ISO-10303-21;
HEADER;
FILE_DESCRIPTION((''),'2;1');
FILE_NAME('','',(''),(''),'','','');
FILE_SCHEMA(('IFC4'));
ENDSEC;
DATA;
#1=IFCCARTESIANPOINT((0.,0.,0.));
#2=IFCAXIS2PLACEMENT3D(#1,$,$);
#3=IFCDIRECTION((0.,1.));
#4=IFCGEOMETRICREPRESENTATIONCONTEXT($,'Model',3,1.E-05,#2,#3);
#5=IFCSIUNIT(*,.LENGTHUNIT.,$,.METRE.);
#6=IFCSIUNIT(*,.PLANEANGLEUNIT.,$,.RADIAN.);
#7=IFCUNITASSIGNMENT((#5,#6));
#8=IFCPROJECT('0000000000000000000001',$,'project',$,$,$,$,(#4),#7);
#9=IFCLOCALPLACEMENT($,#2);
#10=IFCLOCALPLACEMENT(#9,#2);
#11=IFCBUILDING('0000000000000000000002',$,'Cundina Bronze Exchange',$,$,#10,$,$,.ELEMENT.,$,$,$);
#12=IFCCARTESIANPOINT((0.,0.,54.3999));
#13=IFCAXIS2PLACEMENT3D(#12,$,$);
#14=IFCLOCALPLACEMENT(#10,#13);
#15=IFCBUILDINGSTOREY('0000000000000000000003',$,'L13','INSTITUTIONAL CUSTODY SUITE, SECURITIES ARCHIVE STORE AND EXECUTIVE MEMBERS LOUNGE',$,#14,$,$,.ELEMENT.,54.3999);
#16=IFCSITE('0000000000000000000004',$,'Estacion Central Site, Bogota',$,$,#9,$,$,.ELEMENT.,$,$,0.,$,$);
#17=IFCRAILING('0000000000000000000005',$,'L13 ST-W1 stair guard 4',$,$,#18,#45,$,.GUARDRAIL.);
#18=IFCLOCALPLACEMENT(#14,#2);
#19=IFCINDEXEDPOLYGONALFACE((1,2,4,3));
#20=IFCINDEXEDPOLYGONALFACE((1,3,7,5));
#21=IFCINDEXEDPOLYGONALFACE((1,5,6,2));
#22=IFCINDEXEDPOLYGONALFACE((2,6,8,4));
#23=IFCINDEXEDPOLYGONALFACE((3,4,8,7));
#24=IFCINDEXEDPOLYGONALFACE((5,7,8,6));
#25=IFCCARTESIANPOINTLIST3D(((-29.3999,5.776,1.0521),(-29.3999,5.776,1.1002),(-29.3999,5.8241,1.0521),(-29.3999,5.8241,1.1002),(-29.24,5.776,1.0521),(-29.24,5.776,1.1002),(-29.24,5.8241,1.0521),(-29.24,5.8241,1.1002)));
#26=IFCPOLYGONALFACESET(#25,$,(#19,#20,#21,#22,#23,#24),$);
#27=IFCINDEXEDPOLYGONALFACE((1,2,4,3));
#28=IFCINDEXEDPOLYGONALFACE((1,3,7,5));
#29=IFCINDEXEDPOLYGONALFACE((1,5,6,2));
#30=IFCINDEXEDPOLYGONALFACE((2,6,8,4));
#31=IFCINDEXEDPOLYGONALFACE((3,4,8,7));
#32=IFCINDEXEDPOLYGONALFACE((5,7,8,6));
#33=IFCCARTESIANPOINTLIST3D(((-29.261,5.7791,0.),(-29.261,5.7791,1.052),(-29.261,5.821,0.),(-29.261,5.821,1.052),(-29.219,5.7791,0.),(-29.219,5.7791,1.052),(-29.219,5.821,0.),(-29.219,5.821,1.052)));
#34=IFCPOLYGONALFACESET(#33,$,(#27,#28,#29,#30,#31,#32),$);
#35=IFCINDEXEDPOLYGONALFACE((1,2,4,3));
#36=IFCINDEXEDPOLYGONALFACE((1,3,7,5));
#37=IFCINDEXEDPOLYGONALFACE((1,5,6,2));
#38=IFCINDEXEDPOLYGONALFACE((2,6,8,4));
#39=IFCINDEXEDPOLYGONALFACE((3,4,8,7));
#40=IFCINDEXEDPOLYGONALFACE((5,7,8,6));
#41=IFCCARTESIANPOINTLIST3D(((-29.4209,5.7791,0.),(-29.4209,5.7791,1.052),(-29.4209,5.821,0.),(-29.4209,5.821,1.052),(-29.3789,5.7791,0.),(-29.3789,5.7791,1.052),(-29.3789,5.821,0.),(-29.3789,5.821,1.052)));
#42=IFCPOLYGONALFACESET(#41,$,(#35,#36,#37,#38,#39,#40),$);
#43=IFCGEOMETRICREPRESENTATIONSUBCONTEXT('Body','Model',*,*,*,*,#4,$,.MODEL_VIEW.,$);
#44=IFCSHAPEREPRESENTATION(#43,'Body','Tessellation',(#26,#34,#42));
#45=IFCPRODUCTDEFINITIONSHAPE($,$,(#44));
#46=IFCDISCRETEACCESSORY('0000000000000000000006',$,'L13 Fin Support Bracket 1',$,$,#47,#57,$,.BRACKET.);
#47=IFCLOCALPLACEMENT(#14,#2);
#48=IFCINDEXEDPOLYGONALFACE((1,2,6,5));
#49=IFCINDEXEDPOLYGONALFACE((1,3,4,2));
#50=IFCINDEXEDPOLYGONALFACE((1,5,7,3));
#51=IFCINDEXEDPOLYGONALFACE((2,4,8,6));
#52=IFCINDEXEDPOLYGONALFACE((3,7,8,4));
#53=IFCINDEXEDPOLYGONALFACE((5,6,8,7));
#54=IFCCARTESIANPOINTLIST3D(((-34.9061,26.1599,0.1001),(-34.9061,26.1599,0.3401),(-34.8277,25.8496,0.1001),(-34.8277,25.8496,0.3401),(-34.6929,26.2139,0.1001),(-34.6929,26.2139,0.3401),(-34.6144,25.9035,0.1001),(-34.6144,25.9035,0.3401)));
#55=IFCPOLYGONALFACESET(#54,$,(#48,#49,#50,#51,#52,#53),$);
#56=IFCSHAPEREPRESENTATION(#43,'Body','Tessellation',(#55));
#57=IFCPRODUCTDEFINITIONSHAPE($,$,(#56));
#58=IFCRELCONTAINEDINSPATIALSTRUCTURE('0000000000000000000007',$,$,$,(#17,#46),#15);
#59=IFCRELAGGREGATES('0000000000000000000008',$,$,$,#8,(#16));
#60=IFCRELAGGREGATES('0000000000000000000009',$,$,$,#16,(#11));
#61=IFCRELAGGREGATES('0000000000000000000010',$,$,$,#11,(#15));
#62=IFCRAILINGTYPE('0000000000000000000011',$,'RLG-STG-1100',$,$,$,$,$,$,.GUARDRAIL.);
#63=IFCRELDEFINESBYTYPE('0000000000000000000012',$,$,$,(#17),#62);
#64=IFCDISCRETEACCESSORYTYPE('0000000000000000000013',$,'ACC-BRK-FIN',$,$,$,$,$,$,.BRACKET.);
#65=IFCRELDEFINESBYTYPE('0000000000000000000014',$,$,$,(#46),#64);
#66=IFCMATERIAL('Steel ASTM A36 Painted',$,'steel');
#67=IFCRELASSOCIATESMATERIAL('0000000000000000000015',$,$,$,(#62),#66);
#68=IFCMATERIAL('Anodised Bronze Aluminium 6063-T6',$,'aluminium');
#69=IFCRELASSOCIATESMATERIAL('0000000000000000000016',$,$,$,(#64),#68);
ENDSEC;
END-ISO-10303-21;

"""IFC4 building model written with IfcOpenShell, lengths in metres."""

from ifc_helpers import new_model, si_unit, direction, frame, origin, origin_2d, place, context, subcontext, project, spatial, rectangle, extrude, material, type_object, element, save


model = new_model("IFC4")

# Units and contexts
model_context = context("Model", 3, precision=1e-05, world=origin(), true_north=direction((0.0, 1.0)))
body_context = subcontext(model_context, "Body", "Model", "MODEL_VIEW")
ifc_project = project(units=[si_unit("LENGTHUNIT", "METRE"), si_unit("PLANEANGLEUNIT", "RADIAN")], contexts=[model_context])

# Site, building, storey
site_placement = place(None, origin())
site = spatial("IfcSite", under=ifc_project, at=site_placement, Name="Estacion Central Site, Bogota", CompositionType="ELEMENT", RefElevation=0.0)
building_placement = place(site_placement, origin())
building = spatial("IfcBuilding", under=site, at=building_placement, Name="Cundina Bronze Exchange", CompositionType="ELEMENT")
storey_placement = place(building_placement, frame((0.0, 0.0, 54.3999)))
storey = spatial("IfcBuildingStorey", under=building, at=storey_placement, Name="L13", Description="INSTITUTIONAL CUSTODY SUITE, SECURITIES ARCHIVE STORE AND EXECUTIVE MEMBERS LOUNGE", CompositionType="ELEMENT", Elevation=54.3999)

# Shared definitions
ifc_material_1 = material(Name="Anodised Bronze Aluminium 6063-T6", Category="aluminium")

# Shared definitions
ifc_material_2 = material(Name="Steel ASTM A36 Painted", Category="steel")

# Railing
railing_type_1 = type_object("IfcRailingType", Name="RLG-STG-1100", PredefinedType="GUARDRAIL", material=ifc_material_2)
railing_1_placement = place(storey_placement, frame((-29.24, 5.8, 0.0)))
element("IfcRailing", 1, at=railing_1_placement, inside=storey, type_object=railing_type_1, Name="L13 ST-W1 stair guard 4", PredefinedType="GUARDRAIL", context=body_context, shape_type="SweptSolid", body=[
    extrude(rectangle(XDim=0.0481, YDim=0.0481, at=origin_2d()), frame((0.0, 0.0, 1.0762), z_axis=(-1.0, 0.0, 0.0), x_axis=(0.0, -1.0, 0.0)), (0.0, 0.0, 1.0), 0.1599),
    extrude(rectangle(XDim=0.042, YDim=0.042, at=origin_2d()), origin(), (0.0, 0.0, 1.0), 1.052),
    extrude(rectangle(XDim=0.042, YDim=0.042, at=origin_2d()), frame((-0.1599, 0.0, 0.0)), (0.0, 0.0, 1.0), 1.052),
])

# Discrete accessory
discrete_accessory_type = type_object("IfcDiscreteAccessoryType", Name="ACC-BRK-FIN", PredefinedType="BRACKET", material=ifc_material_1)
discrete_accessory_placement = place(storey_placement, frame((-34.7603, 26.0317, 0.1001), z_axis=(0.0, 0.0, 1.0), x_axis=(-0.969488, -0.245138, 0.0)))
element("IfcDiscreteAccessory", 2, at=discrete_accessory_placement, inside=storey, type_object=discrete_accessory_type, Name="L13 Fin Support Bracket 1", PredefinedType="BRACKET", context=body_context, shape_type="SweptSolid", body=[
    extrude(rectangle(XDim=0.22, YDim=0.3201, at=origin_2d()), origin(), (0.0, 0.0, 1.0), 0.24),
])

save(model, "model.ifc")
